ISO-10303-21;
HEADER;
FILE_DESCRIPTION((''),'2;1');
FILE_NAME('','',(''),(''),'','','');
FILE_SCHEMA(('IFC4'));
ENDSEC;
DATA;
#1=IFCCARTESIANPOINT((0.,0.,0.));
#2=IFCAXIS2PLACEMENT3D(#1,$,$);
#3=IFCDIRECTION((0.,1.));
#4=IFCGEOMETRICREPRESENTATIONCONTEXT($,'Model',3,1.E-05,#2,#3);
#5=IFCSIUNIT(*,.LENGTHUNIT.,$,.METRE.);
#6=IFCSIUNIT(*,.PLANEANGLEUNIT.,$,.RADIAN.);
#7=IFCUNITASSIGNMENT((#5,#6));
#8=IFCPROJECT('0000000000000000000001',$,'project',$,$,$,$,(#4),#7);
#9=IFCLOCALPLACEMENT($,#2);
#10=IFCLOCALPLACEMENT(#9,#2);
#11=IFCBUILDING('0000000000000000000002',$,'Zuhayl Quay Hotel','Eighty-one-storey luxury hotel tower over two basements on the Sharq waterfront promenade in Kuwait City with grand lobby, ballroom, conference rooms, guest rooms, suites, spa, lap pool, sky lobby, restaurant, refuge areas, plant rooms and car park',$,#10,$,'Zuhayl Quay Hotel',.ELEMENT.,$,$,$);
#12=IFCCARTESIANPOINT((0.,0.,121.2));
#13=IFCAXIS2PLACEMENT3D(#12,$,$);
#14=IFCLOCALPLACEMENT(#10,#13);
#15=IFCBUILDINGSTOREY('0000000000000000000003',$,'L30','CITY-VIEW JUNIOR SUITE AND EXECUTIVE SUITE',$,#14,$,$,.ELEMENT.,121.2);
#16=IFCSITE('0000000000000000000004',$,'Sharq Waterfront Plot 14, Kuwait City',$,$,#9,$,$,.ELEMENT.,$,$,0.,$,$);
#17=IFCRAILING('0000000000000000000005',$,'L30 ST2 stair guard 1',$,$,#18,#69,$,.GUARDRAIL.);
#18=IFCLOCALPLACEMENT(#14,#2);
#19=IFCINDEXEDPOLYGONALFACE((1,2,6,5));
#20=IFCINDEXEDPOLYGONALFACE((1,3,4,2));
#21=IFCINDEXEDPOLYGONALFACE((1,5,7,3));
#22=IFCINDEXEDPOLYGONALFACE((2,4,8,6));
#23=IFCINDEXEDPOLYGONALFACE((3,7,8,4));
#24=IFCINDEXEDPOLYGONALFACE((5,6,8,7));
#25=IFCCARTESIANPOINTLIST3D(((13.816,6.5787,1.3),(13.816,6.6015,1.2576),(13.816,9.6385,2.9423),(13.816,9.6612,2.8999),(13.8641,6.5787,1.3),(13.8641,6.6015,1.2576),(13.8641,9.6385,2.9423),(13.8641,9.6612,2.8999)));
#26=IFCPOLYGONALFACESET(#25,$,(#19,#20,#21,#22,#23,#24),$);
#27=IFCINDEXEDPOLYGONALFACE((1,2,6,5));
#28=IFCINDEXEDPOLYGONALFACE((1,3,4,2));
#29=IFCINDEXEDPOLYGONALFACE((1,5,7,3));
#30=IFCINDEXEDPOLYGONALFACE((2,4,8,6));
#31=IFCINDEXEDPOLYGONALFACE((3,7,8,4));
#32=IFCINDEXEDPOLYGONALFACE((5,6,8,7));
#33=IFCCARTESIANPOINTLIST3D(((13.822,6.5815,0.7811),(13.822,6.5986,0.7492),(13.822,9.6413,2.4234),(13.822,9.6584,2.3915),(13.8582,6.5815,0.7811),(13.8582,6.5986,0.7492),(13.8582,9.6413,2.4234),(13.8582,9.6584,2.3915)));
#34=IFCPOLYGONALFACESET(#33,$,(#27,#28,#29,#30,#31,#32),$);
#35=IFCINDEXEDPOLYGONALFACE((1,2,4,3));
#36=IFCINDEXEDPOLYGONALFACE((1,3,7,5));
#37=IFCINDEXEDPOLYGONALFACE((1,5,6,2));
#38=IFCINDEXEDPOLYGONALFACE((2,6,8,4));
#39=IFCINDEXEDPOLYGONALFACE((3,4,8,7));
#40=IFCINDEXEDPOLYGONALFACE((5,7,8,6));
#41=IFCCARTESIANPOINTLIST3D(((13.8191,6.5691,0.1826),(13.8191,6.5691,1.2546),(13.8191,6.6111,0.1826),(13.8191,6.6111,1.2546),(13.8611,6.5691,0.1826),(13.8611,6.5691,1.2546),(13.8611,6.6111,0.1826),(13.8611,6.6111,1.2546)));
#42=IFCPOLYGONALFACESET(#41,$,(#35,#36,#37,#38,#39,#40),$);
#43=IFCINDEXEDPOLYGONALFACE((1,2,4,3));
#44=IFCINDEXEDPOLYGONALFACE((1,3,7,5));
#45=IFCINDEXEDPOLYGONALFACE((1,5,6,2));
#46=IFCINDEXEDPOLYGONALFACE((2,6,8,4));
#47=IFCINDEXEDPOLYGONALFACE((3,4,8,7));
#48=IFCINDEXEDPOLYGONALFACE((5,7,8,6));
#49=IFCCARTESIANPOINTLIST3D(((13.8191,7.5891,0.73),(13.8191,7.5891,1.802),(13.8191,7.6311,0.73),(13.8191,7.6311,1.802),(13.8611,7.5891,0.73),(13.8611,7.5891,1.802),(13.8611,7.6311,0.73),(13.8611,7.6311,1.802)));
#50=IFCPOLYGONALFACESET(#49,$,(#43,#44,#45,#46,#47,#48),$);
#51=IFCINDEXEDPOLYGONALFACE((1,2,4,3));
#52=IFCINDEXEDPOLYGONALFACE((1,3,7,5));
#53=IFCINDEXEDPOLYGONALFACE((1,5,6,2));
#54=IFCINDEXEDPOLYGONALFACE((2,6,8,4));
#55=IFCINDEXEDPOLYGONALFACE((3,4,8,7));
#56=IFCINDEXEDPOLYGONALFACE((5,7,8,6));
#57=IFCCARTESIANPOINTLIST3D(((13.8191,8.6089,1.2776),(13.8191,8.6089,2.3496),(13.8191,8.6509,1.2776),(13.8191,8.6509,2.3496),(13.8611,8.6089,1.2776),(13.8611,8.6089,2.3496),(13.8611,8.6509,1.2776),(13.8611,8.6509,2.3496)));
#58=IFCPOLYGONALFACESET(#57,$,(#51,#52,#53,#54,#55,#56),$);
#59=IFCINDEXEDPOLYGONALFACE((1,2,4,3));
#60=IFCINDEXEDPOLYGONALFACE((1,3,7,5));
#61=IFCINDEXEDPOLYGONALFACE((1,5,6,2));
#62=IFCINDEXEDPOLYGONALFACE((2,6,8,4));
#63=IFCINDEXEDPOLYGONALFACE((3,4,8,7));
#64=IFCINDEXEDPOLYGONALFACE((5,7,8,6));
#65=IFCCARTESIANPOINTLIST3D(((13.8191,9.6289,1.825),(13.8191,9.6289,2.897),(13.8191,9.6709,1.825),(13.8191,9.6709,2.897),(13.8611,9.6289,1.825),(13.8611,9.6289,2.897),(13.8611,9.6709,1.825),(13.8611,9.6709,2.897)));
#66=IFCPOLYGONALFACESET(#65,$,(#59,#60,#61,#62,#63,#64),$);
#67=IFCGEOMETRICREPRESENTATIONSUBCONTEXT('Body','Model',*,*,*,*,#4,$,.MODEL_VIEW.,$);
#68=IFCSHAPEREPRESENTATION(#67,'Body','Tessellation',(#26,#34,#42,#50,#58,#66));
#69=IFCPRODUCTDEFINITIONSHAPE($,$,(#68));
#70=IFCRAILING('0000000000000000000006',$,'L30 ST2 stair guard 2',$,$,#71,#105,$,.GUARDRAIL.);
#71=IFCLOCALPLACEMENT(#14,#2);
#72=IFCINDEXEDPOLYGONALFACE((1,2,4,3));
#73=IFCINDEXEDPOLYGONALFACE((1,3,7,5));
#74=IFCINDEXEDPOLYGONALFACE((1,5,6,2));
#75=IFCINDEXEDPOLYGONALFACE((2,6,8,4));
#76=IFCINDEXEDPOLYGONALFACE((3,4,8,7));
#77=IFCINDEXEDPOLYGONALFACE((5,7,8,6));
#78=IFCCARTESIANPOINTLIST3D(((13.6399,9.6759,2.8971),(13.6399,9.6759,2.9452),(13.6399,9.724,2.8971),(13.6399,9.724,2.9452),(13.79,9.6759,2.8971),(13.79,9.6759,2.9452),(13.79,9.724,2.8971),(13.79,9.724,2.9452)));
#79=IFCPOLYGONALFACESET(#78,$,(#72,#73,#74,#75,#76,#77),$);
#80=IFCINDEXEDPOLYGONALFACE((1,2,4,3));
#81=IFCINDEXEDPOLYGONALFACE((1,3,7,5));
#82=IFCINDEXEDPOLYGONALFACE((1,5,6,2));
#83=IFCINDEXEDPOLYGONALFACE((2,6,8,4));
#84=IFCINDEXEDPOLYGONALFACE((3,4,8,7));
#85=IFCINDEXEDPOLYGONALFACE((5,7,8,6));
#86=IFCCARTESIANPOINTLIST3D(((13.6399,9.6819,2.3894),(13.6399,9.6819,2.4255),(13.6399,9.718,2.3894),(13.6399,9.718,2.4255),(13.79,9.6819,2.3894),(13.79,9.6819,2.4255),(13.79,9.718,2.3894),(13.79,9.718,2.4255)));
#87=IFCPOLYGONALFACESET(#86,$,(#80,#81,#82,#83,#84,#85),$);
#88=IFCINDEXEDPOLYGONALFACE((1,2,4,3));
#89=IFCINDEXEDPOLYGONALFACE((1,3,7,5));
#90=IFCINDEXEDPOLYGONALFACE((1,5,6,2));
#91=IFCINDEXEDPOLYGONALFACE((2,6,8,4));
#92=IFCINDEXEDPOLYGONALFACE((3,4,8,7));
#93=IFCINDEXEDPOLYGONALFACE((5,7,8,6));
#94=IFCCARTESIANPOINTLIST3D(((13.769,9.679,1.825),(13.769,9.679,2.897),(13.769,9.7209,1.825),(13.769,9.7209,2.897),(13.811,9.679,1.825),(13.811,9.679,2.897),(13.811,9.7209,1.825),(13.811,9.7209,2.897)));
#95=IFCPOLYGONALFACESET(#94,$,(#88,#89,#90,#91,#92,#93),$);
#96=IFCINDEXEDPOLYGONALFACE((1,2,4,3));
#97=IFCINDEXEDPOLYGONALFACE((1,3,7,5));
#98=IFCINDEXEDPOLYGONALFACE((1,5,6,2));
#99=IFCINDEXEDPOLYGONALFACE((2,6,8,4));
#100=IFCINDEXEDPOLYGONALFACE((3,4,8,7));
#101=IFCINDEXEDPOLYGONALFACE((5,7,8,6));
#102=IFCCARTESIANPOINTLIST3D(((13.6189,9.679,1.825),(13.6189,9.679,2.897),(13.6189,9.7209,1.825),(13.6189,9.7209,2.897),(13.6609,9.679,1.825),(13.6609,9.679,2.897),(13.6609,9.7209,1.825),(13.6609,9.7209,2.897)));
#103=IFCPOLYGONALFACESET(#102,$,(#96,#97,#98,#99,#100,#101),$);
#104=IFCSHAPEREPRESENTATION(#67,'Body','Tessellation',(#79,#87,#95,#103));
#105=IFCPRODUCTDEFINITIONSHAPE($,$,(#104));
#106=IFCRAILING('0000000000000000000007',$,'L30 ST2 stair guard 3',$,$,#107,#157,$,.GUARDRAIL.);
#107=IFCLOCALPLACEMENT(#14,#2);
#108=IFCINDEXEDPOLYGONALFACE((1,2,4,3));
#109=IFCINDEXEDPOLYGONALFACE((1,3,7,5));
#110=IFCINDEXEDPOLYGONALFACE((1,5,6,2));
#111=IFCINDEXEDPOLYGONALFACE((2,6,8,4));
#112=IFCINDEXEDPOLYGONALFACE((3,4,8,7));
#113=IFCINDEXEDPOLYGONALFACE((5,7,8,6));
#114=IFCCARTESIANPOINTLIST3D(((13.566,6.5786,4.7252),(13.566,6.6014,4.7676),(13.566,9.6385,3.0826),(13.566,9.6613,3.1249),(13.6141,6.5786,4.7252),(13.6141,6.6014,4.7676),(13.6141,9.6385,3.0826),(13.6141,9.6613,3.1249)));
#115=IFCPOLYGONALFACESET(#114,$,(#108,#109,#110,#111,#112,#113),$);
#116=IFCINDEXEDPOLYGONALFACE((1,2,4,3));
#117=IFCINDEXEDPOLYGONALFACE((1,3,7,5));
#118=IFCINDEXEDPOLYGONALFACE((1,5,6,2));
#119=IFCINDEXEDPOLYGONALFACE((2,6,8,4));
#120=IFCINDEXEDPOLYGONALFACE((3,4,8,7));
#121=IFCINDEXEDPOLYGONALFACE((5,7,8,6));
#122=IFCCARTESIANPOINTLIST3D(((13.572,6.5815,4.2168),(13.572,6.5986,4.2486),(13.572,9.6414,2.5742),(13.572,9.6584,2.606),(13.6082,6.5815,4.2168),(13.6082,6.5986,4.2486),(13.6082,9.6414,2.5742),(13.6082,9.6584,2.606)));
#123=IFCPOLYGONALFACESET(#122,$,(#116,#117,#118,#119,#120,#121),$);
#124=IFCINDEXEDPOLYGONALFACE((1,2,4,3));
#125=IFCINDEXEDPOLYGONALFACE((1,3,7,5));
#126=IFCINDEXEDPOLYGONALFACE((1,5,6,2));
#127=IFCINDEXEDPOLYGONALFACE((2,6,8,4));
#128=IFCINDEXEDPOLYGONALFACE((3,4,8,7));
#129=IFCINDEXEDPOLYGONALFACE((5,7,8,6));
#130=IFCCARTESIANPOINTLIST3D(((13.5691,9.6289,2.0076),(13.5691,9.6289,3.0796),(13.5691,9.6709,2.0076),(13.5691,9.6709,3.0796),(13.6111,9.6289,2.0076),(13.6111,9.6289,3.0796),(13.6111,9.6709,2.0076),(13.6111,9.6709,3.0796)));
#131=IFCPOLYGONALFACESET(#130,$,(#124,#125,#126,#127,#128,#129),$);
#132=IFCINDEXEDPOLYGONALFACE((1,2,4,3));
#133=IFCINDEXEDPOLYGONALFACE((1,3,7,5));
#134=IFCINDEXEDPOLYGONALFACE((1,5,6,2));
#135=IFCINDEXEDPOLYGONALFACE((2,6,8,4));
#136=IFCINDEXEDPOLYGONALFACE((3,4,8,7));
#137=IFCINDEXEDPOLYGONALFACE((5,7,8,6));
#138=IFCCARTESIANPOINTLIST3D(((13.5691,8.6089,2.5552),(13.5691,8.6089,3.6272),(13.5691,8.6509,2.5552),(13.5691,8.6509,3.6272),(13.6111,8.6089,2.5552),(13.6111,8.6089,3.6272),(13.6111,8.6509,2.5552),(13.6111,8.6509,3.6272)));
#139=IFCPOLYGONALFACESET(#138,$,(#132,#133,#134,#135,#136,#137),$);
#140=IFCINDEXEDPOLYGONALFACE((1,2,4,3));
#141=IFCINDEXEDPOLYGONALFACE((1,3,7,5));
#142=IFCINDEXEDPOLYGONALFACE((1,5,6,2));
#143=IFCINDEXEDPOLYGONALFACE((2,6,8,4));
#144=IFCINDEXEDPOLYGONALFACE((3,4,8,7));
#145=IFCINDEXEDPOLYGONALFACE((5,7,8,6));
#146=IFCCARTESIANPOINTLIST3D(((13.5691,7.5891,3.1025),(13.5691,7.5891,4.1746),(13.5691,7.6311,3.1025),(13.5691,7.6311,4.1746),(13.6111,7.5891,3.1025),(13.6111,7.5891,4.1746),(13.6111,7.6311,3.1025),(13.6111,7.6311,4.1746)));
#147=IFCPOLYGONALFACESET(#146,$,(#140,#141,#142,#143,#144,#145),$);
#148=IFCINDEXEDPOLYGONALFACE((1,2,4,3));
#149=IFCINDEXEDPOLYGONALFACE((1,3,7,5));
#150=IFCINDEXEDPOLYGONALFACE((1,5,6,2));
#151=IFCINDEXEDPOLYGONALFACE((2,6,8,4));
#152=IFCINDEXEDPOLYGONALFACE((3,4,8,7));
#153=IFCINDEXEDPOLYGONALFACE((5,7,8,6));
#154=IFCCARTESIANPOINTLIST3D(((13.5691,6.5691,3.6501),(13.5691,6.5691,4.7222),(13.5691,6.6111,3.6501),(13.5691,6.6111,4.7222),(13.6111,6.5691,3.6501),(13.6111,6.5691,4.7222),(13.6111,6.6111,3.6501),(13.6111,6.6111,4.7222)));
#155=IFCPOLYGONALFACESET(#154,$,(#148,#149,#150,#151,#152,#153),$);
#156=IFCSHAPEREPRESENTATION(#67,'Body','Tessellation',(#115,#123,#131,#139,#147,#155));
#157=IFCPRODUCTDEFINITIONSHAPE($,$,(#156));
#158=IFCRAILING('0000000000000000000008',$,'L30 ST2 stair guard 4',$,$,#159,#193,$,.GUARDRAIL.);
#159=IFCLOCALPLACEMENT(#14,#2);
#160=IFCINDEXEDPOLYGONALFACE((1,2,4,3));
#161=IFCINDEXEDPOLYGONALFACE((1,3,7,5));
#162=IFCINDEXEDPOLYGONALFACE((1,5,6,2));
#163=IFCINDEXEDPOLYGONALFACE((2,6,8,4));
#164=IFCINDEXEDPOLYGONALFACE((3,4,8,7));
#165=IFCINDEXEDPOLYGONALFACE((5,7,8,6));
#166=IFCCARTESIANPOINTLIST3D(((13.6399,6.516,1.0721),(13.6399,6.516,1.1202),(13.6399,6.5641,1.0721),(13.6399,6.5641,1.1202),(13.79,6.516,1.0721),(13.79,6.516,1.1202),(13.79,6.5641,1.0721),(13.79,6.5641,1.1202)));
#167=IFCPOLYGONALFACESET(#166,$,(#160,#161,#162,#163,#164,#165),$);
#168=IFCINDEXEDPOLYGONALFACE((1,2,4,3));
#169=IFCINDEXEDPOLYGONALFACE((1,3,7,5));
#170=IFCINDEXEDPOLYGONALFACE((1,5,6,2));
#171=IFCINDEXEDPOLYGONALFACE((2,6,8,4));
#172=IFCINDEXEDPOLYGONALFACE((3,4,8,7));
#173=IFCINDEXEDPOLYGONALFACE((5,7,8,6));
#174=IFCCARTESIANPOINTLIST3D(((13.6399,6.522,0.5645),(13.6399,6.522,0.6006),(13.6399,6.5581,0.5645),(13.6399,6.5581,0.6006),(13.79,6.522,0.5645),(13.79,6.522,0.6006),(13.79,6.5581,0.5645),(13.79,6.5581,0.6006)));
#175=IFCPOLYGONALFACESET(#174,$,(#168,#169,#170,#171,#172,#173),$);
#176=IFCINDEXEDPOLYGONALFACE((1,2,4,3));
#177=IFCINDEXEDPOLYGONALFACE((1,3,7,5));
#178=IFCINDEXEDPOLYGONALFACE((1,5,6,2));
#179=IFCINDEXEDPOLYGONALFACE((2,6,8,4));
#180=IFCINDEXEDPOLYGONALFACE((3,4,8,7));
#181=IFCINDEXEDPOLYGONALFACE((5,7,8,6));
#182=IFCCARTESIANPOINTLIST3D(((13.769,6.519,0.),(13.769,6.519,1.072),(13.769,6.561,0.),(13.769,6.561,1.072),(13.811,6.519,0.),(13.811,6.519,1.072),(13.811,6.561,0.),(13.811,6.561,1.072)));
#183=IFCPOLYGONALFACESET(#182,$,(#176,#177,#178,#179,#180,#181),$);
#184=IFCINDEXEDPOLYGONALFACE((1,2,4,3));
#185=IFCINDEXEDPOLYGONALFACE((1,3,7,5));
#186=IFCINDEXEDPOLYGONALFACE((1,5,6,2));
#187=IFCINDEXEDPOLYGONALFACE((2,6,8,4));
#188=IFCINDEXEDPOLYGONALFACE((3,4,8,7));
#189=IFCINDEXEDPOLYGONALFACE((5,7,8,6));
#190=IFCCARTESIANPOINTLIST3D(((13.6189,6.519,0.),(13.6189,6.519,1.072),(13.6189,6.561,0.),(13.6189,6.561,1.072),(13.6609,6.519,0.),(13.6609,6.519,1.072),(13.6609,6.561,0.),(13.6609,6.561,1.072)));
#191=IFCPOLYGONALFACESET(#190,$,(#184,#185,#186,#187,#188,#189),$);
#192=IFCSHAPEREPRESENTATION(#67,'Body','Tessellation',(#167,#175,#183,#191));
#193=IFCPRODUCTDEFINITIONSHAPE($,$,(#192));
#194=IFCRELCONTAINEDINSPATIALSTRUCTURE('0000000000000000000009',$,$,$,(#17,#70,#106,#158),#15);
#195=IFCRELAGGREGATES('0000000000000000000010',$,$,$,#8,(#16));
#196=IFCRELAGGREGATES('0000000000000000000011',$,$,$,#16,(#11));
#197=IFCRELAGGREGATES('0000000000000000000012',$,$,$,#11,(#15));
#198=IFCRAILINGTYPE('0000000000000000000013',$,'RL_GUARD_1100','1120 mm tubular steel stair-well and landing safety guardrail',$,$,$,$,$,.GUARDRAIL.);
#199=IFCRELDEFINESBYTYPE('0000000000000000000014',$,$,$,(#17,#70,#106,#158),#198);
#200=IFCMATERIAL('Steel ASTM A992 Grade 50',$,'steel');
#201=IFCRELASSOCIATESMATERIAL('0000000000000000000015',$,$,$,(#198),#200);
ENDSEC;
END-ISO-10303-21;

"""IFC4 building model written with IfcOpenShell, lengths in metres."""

from ifc_helpers import new_model, si_unit, direction, frame, origin, origin_2d, place, context, subcontext, project, spatial, rectangle, extrude, material, type_object, element, save


model = new_model("IFC4")

# Units and contexts
model_context = context("Model", 3, precision=1e-05, world=origin(), true_north=direction((0.0, 1.0)))
body_context = subcontext(model_context, "Body", "Model", "MODEL_VIEW")
ifc_project = project(units=[si_unit("LENGTHUNIT", "METRE"), si_unit("PLANEANGLEUNIT", "RADIAN")], contexts=[model_context])

# Site, building, storey
site_placement = place(None, origin())
site = spatial("IfcSite", under=ifc_project, at=site_placement, Name="Sharq Waterfront Plot 14, Kuwait City", CompositionType="ELEMENT", RefElevation=0.0)
building_placement = place(site_placement, origin())
building = spatial("IfcBuilding", under=site, at=building_placement, Name="Zuhayl Quay Hotel", Description="Eighty-one-storey luxury hotel tower over two basements on the Sharq waterfront promenade in Kuwait City with grand lobby, ballroom, conference rooms, guest rooms, suites, spa, lap pool, sky lobby, restaurant, refuge areas, plant rooms and car park", LongName="Zuhayl Quay Hotel", CompositionType="ELEMENT")
storey_placement = place(building_placement, frame((0.0, 0.0, 121.2)))
storey = spatial("IfcBuildingStorey", under=building, at=storey_placement, Name="L30", Description="CITY-VIEW JUNIOR SUITE AND EXECUTIVE SUITE", CompositionType="ELEMENT", Elevation=121.2)

# Shared definitions
ifc_material_1 = material(Name="Steel ASTM A992 Grade 50", Category="steel")

# Railings
railing_type_1 = type_object("IfcRailingType", Name="RL_GUARD_1100", Description="1120 mm tubular steel stair-well and landing safety guardrail", PredefinedType="GUARDRAIL", material=ifc_material_1)
railing_1_placement = place(storey_placement, frame((13.8401, 6.5901, 0.1826)))
element("IfcRailing", 1, at=railing_1_placement, inside=storey, type_object=railing_type_1, Name="L30 ST2 stair guard 1", PredefinedType="GUARDRAIL", context=body_context, shape_type="SweptSolid", body=[
    extrude(rectangle(XDim=0.0481, YDim=0.0481, at=origin_2d()), frame((0.0, 0.0, 1.0962), z_axis=(0.0, 0.881102, 0.472926), x_axis=(-1.0, 0.0, 0.0)), (0.0, 0.0, 1.0), 3.4727),
    extrude(rectangle(XDim=0.0361, YDim=0.0361, at=origin_2d()), frame((0.0, 0.0, 0.5825), z_axis=(0.0, 0.881102, 0.472926), x_axis=(-1.0, 0.0, 0.0)), (0.0, 0.0, 1.0), 3.4727),
    extrude(rectangle(XDim=0.042, YDim=0.042, at=origin_2d()), origin(), (0.0, 0.0, 1.0), 1.072),
    extrude(rectangle(XDim=0.042, YDim=0.042, at=origin_2d()), frame((0.0, 1.02, 0.5474)), (0.0, 0.0, 1.0), 1.072),
    extrude(rectangle(XDim=0.042, YDim=0.042, at=origin_2d()), frame((0.0, 2.0398, 1.095)), (0.0, 0.0, 1.0), 1.072),
    extrude(rectangle(XDim=0.042, YDim=0.042, at=origin_2d()), frame((0.0, 3.0598, 1.6423)), (0.0, 0.0, 1.0), 1.072),
])
railing_2_placement = place(storey_placement, frame((13.79, 9.7, 1.825)))
element("IfcRailing", 2, at=railing_2_placement, inside=storey, type_object=railing_type_1, Name="L30 ST2 stair guard 2", PredefinedType="GUARDRAIL", context=body_context, shape_type="SweptSolid", body=[
    extrude(rectangle(XDim=0.0481, YDim=0.0481, at=origin_2d()), frame((0.0, 0.0, 1.0962), z_axis=(-1.0, 0.0, 0.0), x_axis=(0.0, -1.0, 0.0)), (0.0, 0.0, 1.0), 0.1501),
    extrude(rectangle(XDim=0.0361, YDim=0.0361, at=origin_2d()), frame((0.0, 0.0, 0.5825), z_axis=(-1.0, 0.0, 0.0), x_axis=(0.0, -1.0, 0.0)), (0.0, 0.0, 1.0), 0.1501),
    extrude(rectangle(XDim=0.042, YDim=0.042, at=origin_2d()), origin(), (0.0, 0.0, 1.0), 1.072),
    extrude(rectangle(XDim=0.042, YDim=0.042, at=origin_2d()), frame((-0.1501, 0.0, 0.0)), (0.0, 0.0, 1.0), 1.072),
])
railing_3_placement = place(storey_placement, frame((13.5901, 9.6499, 2.0076)))
element("IfcRailing", 3, at=railing_3_placement, inside=storey, type_object=railing_type_1, Name="L30 ST2 stair guard 3", PredefinedType="GUARDRAIL", context=body_context, shape_type="SweptSolid", body=[
    extrude(rectangle(XDim=0.0481, YDim=0.0481, at=origin_2d()), frame((0.0, 0.0, 1.0962), z_axis=(0.0, -0.881073, 0.47298), x_axis=(1.0, 0.0, 0.0)), (0.0, 0.0, 1.0), 3.4729),
    extrude(rectangle(XDim=0.0361, YDim=0.0361, at=origin_2d()), frame((0.0, 0.0, 0.5825), z_axis=(0.0, -0.881073, 0.47298), x_axis=(1.0, 0.0, 0.0)), (0.0, 0.0, 1.0), 3.4729),
    extrude(rectangle(XDim=0.042, YDim=0.042, at=origin_2d()), origin(), (0.0, 0.0, 1.0), 1.072),
    extrude(rectangle(XDim=0.042, YDim=0.042, at=origin_2d()), frame((0.0, -1.02, 0.5476)), (0.0, 0.0, 1.0), 1.072),
    extrude(rectangle(XDim=0.042, YDim=0.042, at=origin_2d()), frame((0.0, -2.0398, 1.095)), (0.0, 0.0, 1.0), 1.072),
    extrude(rectangle(XDim=0.042, YDim=0.042, at=origin_2d()), frame((0.0, -3.0598, 1.6426)), (0.0, 0.0, 1.0), 1.072),
])
railing_4_placement = place(storey_placement, frame((13.79, 6.54, 0.0)))
element("IfcRailing", 4, at=railing_4_placement, inside=storey, type_object=railing_type_1, Name="L30 ST2 stair guard 4", PredefinedType="GUARDRAIL", context=body_context, shape_type="SweptSolid", body=[
    extrude(rectangle(XDim=0.0481, YDim=0.0481, at=origin_2d()), frame((0.0, 0.0, 1.0962), z_axis=(-1.0, 0.0, 0.0), x_axis=(0.0, -1.0, 0.0)), (0.0, 0.0, 1.0), 0.1501),
    extrude(rectangle(XDim=0.0361, YDim=0.0361, at=origin_2d()), frame((0.0, 0.0, 0.5825), z_axis=(-1.0, 0.0, 0.0), x_axis=(0.0, -1.0, 0.0)), (0.0, 0.0, 1.0), 0.1501),
    extrude(rectangle(XDim=0.042, YDim=0.042, at=origin_2d()), origin(), (0.0, 0.0, 1.0), 1.072),
    extrude(rectangle(XDim=0.042, YDim=0.042, at=origin_2d()), frame((-0.1501, 0.0, 0.0)), (0.0, 0.0, 1.0), 1.072),
])

save(model, "model.ifc")
